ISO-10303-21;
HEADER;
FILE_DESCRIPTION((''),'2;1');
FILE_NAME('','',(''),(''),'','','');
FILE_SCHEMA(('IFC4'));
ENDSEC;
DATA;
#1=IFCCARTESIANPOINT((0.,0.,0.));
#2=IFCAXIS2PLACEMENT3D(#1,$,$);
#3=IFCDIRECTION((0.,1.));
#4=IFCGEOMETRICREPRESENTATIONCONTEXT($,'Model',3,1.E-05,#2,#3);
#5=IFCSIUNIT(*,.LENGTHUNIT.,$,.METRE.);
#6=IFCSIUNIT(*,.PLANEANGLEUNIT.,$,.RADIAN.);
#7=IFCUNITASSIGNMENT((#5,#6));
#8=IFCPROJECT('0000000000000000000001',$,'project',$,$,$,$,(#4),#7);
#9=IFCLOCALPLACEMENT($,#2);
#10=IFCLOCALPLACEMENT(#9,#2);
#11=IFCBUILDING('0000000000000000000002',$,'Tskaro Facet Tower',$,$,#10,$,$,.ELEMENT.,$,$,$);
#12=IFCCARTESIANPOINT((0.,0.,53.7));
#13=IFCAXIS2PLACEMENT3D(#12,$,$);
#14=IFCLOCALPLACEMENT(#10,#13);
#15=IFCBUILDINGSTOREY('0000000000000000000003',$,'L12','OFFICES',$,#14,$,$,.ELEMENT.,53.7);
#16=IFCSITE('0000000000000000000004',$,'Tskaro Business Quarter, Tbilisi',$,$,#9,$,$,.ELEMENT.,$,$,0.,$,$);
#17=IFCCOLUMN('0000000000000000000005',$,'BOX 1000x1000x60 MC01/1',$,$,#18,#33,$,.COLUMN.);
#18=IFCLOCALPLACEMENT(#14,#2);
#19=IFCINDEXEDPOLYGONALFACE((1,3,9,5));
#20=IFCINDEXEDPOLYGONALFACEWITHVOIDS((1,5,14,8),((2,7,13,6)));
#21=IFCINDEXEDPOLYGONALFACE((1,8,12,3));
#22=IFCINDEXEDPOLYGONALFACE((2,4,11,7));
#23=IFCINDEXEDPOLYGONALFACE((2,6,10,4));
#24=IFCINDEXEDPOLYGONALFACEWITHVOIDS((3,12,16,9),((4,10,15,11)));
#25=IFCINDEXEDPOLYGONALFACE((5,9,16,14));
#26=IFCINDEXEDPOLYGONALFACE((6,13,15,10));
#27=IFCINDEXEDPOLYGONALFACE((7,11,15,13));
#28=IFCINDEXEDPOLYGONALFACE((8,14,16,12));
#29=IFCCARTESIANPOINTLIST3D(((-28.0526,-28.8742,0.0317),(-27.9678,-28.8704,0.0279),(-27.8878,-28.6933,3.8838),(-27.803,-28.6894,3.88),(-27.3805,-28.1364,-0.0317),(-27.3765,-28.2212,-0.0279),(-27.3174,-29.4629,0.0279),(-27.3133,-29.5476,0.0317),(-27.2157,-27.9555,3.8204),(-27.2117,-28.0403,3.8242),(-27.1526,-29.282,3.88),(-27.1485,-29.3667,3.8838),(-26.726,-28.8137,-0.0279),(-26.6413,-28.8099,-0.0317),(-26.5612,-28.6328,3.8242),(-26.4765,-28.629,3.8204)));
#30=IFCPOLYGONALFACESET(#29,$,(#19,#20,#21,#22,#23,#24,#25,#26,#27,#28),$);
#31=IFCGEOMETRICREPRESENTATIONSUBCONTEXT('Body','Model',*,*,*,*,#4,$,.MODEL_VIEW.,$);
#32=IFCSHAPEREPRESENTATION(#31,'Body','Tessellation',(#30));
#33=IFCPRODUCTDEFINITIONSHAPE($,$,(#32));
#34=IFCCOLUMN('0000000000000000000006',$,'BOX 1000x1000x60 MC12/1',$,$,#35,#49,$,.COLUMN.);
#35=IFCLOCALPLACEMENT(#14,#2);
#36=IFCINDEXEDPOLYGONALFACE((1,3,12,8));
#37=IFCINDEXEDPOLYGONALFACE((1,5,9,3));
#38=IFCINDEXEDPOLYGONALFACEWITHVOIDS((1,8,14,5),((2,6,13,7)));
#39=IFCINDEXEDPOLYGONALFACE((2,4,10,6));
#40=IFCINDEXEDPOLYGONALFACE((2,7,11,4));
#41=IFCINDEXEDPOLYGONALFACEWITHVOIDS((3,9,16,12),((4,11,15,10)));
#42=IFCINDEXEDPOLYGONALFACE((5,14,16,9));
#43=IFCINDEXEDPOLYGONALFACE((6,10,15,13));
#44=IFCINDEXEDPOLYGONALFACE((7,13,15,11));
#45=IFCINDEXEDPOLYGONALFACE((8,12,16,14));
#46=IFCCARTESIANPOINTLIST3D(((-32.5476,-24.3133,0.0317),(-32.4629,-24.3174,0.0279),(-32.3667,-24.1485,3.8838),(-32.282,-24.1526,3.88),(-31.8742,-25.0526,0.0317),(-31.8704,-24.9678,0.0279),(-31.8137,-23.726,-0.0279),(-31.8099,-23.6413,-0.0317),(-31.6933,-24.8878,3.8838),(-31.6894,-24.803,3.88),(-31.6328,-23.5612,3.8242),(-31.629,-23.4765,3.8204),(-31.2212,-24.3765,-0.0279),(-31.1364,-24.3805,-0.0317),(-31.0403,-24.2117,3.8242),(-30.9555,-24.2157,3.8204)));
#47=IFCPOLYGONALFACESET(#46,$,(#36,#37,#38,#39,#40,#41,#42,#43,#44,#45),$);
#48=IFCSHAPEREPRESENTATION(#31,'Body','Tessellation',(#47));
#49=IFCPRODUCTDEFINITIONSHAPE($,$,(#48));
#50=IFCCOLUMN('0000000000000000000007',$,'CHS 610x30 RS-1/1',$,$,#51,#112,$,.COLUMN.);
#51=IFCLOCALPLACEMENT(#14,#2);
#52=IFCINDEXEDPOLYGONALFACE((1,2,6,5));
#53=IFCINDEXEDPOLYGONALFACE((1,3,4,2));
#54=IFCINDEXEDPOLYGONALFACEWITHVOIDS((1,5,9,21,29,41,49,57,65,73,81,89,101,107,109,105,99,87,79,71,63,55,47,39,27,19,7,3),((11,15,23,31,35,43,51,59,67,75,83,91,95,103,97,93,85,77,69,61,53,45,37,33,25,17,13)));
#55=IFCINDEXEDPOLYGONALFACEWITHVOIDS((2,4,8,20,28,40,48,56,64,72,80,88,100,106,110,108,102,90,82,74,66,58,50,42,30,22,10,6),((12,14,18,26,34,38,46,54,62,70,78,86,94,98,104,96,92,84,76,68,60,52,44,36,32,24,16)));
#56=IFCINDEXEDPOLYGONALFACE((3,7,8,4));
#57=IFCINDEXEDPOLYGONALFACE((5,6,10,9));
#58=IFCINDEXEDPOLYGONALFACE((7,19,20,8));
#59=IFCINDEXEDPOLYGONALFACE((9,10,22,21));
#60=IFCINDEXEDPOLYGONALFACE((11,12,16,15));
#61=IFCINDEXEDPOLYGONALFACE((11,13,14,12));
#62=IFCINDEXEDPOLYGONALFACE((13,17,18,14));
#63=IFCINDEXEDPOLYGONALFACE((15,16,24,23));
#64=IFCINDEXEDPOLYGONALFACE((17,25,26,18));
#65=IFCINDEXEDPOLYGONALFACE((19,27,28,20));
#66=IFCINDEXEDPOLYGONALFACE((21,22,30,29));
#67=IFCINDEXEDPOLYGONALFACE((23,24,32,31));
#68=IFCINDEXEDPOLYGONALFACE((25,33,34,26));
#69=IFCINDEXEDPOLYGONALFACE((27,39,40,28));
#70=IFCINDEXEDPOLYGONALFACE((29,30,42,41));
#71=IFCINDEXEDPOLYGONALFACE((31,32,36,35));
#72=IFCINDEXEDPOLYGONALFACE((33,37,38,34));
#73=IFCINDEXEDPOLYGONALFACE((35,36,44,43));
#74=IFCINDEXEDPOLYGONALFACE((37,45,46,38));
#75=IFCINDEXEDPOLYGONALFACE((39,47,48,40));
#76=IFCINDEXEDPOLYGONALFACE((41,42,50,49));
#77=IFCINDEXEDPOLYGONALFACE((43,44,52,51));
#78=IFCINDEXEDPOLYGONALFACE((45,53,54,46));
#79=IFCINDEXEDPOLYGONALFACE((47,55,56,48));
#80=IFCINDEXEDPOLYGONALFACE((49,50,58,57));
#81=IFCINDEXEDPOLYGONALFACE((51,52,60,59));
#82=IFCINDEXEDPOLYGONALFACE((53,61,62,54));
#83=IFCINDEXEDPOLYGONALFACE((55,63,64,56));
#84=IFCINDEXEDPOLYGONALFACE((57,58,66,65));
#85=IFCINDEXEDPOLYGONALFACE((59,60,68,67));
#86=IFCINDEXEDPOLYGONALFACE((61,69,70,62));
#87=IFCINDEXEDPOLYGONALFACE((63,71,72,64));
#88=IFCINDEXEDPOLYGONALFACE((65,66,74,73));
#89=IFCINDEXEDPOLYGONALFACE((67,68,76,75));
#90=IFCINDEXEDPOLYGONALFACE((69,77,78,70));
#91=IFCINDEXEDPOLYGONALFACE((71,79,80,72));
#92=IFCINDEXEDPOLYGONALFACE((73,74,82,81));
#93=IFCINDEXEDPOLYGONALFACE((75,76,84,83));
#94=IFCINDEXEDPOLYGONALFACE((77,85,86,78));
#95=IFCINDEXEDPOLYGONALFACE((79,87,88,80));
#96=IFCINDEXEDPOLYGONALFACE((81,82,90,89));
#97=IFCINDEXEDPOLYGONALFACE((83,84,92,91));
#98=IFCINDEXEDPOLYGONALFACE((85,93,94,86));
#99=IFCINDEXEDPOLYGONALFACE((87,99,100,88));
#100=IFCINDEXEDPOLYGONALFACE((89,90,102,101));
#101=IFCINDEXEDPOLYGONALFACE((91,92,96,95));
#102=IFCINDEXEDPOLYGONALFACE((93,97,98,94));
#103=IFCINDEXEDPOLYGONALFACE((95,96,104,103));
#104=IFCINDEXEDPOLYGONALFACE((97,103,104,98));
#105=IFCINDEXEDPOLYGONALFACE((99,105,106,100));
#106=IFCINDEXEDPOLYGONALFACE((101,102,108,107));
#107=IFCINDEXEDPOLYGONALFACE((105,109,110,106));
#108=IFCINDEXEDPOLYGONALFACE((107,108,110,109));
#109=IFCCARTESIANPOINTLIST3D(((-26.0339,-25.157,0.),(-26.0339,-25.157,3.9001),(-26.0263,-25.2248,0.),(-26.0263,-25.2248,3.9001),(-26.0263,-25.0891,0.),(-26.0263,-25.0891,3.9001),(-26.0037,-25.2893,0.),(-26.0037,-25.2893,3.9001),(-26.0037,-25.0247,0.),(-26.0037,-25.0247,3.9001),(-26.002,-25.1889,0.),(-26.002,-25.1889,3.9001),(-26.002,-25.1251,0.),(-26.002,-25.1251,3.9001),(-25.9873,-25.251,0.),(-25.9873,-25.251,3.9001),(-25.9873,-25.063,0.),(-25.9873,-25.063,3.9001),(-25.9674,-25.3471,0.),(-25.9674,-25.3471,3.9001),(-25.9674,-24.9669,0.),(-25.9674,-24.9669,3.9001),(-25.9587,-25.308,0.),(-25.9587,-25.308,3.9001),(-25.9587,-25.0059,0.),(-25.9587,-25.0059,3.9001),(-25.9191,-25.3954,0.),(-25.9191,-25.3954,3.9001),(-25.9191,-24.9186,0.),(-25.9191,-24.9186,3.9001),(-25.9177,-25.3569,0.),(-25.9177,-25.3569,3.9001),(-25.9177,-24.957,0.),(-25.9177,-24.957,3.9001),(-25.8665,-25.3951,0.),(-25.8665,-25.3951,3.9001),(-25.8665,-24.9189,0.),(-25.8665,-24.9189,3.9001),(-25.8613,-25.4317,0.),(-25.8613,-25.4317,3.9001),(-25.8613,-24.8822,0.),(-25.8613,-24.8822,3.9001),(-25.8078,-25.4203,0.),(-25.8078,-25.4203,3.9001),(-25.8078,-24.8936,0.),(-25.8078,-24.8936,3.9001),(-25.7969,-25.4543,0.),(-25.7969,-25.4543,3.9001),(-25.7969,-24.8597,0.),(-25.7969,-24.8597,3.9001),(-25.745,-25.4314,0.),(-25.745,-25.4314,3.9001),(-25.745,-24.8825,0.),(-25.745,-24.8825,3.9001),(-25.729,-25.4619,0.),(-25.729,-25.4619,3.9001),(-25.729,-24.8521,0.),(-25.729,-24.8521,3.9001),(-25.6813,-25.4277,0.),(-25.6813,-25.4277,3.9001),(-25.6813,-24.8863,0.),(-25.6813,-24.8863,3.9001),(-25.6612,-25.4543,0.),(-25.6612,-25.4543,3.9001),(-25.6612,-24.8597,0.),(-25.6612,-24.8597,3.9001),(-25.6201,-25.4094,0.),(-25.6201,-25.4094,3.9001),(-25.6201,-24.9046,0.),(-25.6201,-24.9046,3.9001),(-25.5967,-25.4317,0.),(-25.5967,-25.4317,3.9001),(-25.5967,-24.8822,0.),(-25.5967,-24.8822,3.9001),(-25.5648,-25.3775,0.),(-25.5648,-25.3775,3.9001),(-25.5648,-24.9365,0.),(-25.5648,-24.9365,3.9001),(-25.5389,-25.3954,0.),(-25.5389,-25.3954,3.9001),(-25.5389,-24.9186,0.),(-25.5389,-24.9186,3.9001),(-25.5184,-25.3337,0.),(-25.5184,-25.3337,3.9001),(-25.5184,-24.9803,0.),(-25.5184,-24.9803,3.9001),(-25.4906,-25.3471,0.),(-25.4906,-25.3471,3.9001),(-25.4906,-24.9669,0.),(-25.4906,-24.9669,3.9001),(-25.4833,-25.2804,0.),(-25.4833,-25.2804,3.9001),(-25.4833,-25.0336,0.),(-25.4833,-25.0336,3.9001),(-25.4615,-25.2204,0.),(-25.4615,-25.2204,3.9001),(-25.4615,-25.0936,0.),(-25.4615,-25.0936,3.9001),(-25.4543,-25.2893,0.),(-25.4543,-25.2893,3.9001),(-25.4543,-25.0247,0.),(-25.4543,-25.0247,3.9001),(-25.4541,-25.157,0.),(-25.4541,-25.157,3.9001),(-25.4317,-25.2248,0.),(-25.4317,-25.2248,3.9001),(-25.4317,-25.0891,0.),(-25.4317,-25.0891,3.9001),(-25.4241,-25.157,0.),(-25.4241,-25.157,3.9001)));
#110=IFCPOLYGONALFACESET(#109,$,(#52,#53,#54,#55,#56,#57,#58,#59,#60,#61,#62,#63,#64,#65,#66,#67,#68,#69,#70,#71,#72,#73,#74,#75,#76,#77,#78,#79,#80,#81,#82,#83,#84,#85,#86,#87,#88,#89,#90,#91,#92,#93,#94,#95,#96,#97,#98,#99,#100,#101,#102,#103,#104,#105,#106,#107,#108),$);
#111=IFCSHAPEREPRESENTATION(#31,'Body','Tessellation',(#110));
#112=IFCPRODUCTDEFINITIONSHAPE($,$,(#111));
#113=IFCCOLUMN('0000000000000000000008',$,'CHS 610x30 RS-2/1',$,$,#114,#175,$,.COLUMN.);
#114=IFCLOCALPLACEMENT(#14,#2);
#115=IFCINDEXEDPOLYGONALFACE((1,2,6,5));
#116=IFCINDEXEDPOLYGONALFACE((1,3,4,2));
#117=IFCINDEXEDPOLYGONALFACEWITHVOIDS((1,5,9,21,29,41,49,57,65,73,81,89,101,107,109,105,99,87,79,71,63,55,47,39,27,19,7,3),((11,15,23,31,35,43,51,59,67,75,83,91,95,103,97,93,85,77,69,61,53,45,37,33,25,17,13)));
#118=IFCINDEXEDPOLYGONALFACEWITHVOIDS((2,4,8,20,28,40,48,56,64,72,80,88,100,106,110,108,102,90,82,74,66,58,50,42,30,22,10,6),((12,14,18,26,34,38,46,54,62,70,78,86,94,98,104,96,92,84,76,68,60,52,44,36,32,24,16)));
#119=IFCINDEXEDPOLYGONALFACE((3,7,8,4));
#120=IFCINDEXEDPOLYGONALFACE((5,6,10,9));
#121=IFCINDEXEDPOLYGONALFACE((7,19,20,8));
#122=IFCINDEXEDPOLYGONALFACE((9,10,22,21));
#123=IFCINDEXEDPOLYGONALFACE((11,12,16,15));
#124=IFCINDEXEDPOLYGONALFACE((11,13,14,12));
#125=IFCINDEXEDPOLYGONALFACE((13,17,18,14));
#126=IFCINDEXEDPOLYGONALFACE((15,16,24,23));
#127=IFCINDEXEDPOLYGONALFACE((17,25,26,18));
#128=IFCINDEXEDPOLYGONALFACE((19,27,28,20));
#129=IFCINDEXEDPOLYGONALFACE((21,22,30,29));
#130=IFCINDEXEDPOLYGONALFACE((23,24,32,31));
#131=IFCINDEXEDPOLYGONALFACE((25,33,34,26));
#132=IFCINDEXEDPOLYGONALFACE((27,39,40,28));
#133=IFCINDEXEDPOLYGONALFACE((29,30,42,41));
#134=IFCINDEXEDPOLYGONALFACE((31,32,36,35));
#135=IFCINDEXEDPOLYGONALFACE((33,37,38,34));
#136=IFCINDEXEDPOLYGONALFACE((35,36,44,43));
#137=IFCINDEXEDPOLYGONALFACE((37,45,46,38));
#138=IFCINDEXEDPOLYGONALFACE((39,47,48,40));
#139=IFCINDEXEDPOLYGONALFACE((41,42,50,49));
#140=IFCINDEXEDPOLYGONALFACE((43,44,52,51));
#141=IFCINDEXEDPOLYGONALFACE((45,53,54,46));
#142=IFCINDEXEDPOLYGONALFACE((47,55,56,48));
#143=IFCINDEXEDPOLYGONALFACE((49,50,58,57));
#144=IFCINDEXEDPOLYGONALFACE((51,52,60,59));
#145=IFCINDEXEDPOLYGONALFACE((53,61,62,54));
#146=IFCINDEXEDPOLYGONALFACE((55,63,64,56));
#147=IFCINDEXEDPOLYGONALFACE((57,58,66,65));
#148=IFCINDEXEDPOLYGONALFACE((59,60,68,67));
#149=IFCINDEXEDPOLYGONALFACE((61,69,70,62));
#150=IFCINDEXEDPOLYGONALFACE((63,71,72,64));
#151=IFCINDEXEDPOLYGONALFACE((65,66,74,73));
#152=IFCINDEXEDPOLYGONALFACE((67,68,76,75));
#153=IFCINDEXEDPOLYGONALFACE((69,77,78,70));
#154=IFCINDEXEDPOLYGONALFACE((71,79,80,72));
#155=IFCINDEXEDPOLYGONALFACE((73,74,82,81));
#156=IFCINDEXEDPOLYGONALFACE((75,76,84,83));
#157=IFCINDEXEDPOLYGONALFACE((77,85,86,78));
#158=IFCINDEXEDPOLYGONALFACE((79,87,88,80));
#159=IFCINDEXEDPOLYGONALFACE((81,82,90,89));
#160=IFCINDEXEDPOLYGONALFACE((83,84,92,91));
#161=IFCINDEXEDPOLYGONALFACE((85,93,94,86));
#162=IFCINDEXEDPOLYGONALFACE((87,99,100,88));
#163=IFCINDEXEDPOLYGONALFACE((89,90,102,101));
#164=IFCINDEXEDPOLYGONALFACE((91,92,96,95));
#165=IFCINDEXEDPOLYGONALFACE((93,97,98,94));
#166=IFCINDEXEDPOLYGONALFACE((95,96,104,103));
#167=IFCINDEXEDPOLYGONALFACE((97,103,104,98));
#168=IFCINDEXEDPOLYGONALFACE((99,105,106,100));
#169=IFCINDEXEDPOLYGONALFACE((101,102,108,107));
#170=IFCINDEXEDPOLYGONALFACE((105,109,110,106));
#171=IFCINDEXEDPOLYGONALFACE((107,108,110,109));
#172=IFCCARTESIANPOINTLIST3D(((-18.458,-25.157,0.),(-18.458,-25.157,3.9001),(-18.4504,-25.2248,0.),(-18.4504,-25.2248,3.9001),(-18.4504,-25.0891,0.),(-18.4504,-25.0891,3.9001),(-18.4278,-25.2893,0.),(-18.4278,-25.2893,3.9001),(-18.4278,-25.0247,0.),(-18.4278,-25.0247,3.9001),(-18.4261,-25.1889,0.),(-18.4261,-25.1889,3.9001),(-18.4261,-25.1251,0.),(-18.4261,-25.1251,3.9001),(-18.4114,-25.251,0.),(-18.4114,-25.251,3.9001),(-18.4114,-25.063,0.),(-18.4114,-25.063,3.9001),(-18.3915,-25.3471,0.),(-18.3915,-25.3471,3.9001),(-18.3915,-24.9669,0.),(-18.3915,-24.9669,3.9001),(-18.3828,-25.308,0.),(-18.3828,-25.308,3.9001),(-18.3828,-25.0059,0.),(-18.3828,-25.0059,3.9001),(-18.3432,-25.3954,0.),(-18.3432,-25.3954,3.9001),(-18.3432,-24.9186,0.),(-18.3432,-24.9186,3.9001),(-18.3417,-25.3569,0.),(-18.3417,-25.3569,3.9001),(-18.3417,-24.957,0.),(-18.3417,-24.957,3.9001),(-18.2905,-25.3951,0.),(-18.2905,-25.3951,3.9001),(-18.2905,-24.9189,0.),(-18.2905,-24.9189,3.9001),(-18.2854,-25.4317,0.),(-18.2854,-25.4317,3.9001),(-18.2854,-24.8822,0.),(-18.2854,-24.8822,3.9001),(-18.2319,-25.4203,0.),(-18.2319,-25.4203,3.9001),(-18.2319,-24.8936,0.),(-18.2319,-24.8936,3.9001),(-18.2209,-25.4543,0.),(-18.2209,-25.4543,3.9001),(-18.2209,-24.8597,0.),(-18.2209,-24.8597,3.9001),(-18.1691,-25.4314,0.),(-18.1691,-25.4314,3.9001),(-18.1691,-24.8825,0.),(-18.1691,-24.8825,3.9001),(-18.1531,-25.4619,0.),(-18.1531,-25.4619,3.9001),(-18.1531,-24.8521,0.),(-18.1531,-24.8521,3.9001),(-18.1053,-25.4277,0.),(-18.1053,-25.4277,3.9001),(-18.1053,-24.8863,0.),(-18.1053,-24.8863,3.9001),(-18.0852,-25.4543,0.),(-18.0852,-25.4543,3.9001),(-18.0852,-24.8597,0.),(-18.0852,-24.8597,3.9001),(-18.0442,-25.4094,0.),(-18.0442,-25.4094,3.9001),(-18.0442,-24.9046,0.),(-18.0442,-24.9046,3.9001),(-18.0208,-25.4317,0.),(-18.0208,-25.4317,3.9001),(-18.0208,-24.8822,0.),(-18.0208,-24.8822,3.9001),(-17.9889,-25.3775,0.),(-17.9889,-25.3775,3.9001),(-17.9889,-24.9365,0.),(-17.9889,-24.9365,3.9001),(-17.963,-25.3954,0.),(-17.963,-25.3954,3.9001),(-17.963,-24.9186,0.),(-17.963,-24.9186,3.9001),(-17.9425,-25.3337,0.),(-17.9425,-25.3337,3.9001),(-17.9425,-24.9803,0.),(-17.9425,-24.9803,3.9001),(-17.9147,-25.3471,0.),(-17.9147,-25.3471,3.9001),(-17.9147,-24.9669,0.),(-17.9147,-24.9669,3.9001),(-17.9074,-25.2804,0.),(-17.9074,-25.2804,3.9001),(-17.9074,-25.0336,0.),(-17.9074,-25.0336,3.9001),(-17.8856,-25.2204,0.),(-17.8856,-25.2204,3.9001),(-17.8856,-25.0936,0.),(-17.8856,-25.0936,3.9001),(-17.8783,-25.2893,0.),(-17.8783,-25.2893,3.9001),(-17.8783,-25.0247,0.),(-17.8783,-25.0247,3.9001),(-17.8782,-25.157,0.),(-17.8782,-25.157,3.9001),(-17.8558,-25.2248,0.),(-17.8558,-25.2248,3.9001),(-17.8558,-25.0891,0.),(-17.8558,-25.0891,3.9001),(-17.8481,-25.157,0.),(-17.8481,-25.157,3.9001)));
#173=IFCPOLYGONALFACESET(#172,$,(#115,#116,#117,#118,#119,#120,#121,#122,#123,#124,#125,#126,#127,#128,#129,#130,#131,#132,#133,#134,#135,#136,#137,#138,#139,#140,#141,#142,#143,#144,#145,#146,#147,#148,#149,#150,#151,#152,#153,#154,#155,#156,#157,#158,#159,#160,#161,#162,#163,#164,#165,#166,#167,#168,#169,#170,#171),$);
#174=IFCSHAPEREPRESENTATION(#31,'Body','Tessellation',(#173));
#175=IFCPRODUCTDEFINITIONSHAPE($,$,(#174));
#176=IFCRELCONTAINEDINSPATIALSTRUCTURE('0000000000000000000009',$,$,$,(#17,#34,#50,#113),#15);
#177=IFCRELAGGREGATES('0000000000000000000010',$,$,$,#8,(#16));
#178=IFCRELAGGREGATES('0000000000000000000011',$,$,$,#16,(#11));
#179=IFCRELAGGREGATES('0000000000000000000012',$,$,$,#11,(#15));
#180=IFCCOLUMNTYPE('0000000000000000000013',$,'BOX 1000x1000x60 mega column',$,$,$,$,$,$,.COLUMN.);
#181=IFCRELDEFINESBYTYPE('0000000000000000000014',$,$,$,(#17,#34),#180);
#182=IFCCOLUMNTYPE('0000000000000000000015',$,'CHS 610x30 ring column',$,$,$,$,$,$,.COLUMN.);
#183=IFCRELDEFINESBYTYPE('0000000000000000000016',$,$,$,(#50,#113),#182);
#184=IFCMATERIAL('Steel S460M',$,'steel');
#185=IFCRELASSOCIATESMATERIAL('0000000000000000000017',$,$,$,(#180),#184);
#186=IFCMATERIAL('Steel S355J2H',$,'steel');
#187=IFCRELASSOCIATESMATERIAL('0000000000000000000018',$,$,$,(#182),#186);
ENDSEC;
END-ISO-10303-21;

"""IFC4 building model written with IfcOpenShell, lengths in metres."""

from ifc_helpers import new_model, si_unit, direction, frame, origin, origin_2d, place, context, subcontext, project, spatial, hollow_rectangle, hollow_circle, extrude, material, material_profile, profile_set, type_object, element, save


model = new_model("IFC4")

# Units and contexts
model_context = context("Model", 3, precision=1e-05, world=origin(), true_north=direction((0.0, 1.0)))
body_context = subcontext(model_context, "Body", "Model", "MODEL_VIEW")
ifc_project = project(units=[si_unit("LENGTHUNIT", "METRE"), si_unit("PLANEANGLEUNIT", "RADIAN")], contexts=[model_context])

# Site, building, storey
site_placement = place(None, origin())
site = spatial("IfcSite", under=ifc_project, at=site_placement, Name="Tskaro Business Quarter, Tbilisi", CompositionType="ELEMENT", RefElevation=0.0)
building_placement = place(site_placement, origin())
building = spatial("IfcBuilding", under=site, at=building_placement, Name="Tskaro Facet Tower", CompositionType="ELEMENT")
storey_placement = place(building_placement, frame((0.0, 0.0, 53.7)))
storey = spatial("IfcBuildingStorey", under=building, at=storey_placement, Name="L12", Description="OFFICES", CompositionType="ELEMENT", Elevation=53.7)

# Columns
ifc_material_1 = material(Name="Steel S460M", Category="steel")
ifc_material_profile_1 = material_profile(ifc_material_1, hollow_rectangle(XDim=1.0, YDim=1.0, WallThickness=0.0601, at=origin_2d()), Name="BOX 1000x1000x60")
ifc_profile_set_1 = profile_set([ifc_material_profile_1], Name="Steel S460M")
column_type_1 = type_object("IfcColumnType", Name="BOX 1000x1000x60 mega column", PredefinedType="COLUMN", material=ifc_profile_set_1)
for number, where, z_axis, x_axis, name in (
    (1, (-27.3469, -28.842, 0.0), (0.042695, 0.04687, 0.997988), (-0.739263, 0.673417, 0.0), "BOX 1000x1000x60 MC01/1"),
    (2, (-31.842, -24.3469, 0.0), (0.04687, 0.042695, 0.997988), (-0.673417, 0.739263, 0.0), "BOX 1000x1000x60 MC12/1"),
):
    element("IfcColumn", number, at=place(storey_placement, frame(where, z_axis=z_axis, x_axis=x_axis)), inside=storey, type_object=column_type_1, Name=name, PredefinedType="COLUMN", context=body_context, shape_type="SweptSolid", body=[
        extrude(hollow_rectangle(XDim=1.0, YDim=1.0, WallThickness=0.0601, at=origin_2d()), origin(), (0.0, 0.0, 1.0), 3.8599),
    ])
ifc_material_2 = material(Name="Steel S355J2H", Category="steel")
ifc_material_profile_2 = material_profile(ifc_material_2, hollow_circle(Radius=0.3049, WallThickness=0.03, at=origin_2d()), Name="CHS 610x30")
ifc_profile_set_2 = profile_set([ifc_material_profile_2], Name="Steel S355J2H")
column_type_2 = type_object("IfcColumnType", Name="CHS 610x30 ring column", PredefinedType="COLUMN", material=ifc_profile_set_2)
for number, where, z_axis, x_axis, name in (
    (3, (-25.729, -25.157, 0.0), (0.0, 0.0, 1.0), (1.0, 0.0, 0.0), "CHS 610x30 RS-1/1"),
    (4, (-18.1531, -25.157, 0.0), (0.0, 0.0, 1.0), (1.0, 0.0, 0.0), "CHS 610x30 RS-2/1"),
):
    element("IfcColumn", number, at=place(storey_placement, frame(where, z_axis=z_axis, x_axis=x_axis)), inside=storey, type_object=column_type_2, Name=name, PredefinedType="COLUMN", context=body_context, shape_type="SweptSolid", body=[
        extrude(hollow_circle(Radius=0.3049, WallThickness=0.03, at=origin_2d()), origin(), (0.0, 0.0, 1.0), 3.9001),
    ])

save(model, "model.ifc")
